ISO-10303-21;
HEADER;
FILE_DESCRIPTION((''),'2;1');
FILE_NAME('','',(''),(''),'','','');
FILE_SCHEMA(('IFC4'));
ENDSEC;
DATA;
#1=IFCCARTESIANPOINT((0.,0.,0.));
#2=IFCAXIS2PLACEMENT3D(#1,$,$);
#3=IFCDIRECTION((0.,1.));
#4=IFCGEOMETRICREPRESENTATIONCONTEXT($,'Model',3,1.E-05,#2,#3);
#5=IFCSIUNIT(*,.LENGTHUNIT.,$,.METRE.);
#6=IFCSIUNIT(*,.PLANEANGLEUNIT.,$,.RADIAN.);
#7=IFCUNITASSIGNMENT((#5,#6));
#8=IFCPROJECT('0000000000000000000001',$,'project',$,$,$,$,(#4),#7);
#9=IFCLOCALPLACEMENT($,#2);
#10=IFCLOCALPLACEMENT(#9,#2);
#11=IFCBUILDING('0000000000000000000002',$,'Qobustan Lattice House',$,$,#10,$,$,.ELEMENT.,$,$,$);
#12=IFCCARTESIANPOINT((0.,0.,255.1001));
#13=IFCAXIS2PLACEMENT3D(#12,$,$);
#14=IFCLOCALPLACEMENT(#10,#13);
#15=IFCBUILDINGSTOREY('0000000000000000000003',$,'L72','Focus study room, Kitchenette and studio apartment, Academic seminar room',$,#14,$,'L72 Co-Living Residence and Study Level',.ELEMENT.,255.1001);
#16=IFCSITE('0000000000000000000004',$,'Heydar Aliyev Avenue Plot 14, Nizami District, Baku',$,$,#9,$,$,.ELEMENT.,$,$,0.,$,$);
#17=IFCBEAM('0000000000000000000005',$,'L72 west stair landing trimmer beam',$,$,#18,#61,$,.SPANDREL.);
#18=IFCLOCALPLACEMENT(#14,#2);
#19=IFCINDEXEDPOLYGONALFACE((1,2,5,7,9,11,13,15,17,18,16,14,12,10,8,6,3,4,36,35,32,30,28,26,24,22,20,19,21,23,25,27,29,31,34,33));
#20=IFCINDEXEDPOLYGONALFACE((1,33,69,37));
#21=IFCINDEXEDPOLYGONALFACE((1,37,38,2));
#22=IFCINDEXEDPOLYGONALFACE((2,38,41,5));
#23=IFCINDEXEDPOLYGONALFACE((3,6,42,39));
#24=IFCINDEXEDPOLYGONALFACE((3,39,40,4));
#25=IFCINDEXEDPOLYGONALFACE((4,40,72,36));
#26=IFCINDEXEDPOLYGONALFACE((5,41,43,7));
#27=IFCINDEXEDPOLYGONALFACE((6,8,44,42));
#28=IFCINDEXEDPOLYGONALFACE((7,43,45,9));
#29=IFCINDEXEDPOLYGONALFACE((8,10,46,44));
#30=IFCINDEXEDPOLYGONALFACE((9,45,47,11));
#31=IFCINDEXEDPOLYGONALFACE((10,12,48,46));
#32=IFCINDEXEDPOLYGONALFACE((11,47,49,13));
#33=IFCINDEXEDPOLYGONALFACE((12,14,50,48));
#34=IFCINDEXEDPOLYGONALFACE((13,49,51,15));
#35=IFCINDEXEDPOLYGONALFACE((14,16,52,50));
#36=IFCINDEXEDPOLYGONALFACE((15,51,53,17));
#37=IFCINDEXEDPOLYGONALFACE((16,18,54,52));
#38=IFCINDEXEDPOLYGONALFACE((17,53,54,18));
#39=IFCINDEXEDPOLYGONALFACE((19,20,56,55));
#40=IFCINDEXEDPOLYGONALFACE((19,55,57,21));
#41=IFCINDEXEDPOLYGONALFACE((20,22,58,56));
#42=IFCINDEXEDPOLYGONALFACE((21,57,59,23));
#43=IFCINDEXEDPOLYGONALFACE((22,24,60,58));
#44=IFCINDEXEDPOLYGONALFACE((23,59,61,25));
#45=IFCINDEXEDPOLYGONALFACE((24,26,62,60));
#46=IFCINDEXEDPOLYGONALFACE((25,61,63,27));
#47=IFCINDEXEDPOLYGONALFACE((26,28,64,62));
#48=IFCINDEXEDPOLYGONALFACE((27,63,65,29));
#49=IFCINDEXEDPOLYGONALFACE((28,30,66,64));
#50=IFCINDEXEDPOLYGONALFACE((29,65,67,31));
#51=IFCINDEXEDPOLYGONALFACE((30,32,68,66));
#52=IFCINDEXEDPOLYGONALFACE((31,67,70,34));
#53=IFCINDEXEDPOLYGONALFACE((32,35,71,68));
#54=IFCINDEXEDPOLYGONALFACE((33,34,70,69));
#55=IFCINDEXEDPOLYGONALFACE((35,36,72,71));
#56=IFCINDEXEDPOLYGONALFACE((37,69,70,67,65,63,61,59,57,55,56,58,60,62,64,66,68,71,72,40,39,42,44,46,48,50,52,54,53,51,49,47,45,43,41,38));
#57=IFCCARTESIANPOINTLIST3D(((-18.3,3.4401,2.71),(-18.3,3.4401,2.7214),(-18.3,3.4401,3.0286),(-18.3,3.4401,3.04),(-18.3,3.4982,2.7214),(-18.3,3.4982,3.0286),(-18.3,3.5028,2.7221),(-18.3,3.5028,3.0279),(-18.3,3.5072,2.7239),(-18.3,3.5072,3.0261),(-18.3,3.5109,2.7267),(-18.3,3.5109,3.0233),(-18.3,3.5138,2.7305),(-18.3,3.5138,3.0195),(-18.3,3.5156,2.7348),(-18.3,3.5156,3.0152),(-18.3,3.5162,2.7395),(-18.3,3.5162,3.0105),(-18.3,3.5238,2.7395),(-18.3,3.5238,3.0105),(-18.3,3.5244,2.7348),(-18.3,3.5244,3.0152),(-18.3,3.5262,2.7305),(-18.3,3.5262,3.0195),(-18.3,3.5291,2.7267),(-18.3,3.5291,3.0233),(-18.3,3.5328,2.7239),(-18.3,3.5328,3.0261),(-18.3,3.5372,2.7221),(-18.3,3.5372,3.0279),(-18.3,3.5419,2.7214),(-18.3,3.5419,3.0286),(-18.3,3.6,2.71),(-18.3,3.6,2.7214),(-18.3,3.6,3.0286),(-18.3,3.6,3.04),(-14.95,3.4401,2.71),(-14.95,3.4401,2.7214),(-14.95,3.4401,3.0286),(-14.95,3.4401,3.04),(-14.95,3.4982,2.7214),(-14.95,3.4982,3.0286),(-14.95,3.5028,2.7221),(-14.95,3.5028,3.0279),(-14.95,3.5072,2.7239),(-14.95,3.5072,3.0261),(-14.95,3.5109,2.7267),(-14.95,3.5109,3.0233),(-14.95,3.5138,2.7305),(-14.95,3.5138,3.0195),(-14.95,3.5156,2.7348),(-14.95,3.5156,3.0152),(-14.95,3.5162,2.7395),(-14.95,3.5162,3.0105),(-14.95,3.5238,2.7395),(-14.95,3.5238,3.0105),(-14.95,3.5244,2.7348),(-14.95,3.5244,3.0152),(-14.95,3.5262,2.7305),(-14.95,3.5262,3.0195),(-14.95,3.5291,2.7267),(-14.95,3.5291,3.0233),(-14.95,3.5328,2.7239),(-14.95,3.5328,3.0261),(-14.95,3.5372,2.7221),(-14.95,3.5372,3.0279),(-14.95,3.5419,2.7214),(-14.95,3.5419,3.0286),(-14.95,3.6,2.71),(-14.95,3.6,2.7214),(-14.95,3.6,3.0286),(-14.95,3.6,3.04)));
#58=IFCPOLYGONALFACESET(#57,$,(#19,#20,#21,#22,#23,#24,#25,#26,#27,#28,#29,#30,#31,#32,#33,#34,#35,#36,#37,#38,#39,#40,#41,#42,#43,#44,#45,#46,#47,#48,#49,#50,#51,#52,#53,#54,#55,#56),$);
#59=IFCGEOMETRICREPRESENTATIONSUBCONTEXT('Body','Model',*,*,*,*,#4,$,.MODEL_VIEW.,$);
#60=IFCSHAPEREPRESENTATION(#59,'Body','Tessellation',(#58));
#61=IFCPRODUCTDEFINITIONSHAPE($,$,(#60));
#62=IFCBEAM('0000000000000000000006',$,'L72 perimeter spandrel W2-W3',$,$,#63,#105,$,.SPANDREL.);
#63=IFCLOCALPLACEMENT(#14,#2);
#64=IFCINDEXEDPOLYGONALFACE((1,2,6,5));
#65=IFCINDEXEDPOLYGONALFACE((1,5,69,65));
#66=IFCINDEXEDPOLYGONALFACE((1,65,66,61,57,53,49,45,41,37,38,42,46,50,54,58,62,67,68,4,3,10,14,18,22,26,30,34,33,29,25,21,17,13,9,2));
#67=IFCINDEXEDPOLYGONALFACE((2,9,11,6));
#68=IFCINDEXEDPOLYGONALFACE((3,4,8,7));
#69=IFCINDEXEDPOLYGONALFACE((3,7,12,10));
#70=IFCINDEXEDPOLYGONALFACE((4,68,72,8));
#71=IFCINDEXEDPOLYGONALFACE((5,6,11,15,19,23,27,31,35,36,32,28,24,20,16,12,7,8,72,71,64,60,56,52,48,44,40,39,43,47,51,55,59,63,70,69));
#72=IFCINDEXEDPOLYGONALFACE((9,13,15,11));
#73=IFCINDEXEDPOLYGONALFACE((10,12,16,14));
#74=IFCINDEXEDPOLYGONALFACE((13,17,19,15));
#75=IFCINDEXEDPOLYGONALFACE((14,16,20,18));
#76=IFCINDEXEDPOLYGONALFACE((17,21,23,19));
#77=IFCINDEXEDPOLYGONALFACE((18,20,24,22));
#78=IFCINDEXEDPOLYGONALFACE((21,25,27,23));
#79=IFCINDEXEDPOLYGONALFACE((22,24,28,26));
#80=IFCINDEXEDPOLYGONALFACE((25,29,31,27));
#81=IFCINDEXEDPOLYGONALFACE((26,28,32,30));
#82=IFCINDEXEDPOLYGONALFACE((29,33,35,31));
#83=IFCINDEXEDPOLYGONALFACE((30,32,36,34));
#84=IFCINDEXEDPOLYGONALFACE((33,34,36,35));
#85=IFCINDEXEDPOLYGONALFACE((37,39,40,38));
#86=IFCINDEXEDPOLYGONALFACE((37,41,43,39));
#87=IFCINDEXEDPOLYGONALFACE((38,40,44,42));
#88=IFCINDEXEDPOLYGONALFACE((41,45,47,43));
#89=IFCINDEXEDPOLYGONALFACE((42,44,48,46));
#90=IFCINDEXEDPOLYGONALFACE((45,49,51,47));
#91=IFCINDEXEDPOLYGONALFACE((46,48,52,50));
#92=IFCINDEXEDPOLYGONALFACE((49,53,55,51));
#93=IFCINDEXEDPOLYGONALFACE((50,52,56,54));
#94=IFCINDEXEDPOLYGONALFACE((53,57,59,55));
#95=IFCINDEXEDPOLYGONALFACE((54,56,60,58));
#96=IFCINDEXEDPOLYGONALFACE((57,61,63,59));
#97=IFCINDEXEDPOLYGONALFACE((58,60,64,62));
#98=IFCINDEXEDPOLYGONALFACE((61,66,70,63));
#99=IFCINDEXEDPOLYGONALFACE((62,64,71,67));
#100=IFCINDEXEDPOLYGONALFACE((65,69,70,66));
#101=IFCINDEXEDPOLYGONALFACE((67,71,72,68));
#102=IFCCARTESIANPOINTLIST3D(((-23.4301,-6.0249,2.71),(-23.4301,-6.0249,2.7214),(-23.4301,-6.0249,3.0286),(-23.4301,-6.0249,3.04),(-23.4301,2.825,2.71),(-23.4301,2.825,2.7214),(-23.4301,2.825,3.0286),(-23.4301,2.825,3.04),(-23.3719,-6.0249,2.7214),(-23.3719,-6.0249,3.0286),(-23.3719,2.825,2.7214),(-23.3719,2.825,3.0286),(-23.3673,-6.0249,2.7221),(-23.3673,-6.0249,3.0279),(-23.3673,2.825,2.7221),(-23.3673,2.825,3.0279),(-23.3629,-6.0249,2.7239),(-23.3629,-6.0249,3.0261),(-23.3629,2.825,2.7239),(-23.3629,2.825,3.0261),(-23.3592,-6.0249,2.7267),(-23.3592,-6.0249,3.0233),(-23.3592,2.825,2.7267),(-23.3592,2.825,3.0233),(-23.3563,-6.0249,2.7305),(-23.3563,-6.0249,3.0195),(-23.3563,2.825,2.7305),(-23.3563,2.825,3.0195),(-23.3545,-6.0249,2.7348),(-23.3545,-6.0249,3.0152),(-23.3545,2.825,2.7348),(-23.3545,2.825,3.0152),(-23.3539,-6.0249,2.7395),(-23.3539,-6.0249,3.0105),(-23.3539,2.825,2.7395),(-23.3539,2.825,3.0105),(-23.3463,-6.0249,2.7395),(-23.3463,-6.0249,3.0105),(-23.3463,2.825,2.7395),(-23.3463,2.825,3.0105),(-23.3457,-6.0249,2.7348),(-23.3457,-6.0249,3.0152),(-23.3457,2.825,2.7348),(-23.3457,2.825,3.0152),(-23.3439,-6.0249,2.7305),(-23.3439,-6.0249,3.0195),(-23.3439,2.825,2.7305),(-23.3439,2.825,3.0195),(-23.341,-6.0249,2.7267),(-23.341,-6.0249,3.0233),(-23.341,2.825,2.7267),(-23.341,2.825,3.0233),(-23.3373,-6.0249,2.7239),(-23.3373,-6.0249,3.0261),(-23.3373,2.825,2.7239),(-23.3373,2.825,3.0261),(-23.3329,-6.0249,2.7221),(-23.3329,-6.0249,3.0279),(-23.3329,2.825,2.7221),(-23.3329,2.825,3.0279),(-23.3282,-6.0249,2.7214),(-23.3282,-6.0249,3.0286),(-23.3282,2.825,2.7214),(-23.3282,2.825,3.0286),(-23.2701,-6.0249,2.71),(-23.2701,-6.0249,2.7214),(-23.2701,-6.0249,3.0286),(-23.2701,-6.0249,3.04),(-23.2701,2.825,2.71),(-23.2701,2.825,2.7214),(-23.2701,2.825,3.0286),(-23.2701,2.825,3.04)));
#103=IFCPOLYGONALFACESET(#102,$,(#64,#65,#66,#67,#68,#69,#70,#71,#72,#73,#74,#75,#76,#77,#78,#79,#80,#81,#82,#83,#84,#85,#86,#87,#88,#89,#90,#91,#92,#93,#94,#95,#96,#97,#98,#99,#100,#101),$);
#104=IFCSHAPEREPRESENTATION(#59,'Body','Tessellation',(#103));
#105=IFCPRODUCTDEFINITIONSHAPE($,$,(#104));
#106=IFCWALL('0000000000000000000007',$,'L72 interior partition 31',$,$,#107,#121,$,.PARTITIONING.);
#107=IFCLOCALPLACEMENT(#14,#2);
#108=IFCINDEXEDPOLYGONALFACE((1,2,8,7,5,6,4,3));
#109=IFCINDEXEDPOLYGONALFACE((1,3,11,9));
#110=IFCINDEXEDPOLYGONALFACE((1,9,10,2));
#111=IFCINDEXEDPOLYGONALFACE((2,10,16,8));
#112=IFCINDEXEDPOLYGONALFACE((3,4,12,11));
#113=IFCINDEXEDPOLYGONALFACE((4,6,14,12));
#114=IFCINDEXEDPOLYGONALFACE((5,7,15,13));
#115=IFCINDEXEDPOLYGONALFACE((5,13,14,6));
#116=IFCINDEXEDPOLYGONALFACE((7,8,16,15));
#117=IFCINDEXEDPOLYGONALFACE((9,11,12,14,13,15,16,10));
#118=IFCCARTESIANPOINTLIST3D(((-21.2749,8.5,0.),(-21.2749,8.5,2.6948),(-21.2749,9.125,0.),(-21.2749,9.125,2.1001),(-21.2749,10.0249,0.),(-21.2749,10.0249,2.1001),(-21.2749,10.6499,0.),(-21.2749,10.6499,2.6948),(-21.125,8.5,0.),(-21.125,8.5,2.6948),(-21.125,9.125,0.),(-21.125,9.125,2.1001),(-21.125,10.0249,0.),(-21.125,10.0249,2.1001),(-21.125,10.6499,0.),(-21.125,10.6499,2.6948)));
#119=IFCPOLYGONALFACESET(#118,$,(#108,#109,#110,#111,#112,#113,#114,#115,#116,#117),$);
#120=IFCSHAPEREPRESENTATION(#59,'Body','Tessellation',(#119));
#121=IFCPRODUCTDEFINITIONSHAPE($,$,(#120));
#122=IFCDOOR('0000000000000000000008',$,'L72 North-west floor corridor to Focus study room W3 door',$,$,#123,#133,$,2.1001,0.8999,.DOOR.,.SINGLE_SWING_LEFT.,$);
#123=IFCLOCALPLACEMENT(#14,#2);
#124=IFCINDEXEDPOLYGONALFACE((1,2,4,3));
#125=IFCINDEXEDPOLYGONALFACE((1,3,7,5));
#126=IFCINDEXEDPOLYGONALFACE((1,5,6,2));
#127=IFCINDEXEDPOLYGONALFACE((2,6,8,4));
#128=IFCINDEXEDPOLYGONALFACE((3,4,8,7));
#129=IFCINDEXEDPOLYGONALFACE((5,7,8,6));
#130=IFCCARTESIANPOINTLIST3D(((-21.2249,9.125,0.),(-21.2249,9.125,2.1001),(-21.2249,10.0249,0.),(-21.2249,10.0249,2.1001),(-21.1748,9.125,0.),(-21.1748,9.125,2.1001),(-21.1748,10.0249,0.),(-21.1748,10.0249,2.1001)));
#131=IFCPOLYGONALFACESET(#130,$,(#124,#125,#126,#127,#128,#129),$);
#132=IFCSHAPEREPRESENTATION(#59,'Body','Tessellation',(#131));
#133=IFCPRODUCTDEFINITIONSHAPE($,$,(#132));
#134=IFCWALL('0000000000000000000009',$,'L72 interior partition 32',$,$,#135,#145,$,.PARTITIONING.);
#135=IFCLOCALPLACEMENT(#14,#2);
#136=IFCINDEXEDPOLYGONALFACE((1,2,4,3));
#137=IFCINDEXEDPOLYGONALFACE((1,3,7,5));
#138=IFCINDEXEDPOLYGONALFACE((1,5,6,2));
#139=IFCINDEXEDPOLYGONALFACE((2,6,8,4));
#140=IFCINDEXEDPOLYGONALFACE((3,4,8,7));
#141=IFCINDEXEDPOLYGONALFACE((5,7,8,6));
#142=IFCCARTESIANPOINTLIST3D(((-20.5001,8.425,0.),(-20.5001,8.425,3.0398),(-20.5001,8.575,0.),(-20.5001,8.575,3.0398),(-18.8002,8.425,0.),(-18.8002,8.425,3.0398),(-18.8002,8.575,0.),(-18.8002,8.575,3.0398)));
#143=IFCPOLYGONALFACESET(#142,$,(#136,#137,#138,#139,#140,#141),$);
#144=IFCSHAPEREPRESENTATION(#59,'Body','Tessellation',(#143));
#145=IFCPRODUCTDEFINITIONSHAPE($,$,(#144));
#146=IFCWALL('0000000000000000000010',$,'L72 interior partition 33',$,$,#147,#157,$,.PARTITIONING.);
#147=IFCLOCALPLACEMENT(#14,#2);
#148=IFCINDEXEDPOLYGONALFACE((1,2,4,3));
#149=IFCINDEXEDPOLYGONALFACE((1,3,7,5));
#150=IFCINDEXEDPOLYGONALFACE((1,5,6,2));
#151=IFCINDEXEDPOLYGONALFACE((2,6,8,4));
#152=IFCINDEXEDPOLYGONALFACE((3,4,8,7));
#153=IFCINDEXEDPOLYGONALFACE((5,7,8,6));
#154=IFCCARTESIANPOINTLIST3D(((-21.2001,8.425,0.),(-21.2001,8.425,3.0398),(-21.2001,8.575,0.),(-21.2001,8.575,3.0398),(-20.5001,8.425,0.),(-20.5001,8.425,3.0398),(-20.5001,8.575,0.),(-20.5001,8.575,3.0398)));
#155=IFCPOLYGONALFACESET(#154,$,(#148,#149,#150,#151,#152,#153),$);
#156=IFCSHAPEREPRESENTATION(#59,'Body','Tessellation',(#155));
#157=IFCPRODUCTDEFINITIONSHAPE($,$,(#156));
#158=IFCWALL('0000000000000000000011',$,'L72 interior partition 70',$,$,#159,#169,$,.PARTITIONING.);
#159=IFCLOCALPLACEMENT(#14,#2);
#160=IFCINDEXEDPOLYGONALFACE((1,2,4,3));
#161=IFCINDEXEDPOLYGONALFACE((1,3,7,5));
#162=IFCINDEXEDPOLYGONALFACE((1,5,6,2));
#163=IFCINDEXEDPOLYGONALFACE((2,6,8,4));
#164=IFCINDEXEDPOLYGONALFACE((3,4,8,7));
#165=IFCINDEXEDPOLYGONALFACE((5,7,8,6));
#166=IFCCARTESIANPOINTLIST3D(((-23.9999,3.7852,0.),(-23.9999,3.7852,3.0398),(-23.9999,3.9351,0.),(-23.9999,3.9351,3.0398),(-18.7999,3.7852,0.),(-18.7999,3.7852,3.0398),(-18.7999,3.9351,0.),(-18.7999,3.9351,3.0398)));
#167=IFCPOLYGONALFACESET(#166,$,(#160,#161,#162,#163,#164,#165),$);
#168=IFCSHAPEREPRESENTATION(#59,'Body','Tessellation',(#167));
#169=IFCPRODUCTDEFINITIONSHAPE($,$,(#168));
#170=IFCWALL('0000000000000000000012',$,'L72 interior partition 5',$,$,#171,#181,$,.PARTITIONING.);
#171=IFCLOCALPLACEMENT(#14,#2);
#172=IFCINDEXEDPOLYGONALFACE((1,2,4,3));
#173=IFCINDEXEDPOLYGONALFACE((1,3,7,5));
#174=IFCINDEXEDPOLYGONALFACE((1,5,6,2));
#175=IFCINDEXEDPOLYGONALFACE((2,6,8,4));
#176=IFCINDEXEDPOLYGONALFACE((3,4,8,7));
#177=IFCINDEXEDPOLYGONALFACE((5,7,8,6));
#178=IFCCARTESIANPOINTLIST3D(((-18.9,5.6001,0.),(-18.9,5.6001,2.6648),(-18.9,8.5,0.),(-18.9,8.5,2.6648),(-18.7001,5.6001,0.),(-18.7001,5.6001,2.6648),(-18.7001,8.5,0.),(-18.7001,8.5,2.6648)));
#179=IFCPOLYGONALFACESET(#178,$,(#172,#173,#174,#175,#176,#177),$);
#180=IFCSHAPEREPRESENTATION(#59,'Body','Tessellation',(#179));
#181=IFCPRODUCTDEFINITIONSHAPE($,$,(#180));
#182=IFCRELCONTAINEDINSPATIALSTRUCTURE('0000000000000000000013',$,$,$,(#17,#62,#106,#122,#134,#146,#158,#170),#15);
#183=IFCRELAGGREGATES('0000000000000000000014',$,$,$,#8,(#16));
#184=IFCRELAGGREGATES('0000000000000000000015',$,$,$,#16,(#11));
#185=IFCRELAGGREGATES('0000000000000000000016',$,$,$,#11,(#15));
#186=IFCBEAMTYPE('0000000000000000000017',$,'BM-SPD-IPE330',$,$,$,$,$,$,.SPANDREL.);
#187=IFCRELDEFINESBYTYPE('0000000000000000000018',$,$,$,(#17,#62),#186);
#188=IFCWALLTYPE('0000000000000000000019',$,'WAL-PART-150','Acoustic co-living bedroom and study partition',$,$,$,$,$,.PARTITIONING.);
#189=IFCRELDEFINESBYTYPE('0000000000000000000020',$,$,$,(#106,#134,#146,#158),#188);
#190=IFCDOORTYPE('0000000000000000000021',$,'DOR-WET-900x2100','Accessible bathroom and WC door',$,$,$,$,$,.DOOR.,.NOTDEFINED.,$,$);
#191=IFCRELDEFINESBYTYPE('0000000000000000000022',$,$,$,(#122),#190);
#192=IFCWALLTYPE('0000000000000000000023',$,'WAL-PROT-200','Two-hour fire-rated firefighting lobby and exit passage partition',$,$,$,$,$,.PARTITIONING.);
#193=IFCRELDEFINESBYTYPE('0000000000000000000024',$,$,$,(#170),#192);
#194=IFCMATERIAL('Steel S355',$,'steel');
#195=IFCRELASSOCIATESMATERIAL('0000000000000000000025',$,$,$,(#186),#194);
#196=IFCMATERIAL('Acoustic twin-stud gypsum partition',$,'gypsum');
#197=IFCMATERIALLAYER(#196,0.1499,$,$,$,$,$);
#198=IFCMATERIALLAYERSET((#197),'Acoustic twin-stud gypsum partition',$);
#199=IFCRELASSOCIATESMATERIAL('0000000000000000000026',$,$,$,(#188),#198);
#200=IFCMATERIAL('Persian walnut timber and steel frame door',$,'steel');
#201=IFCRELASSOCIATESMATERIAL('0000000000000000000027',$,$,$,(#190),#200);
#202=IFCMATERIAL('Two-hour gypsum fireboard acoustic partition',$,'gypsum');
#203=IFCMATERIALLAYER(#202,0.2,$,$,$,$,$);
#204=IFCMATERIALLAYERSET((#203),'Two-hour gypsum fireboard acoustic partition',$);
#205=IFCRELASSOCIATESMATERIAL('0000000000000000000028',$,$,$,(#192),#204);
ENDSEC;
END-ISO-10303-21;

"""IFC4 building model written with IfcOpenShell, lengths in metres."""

from ifc_helpers import new_model, si_unit, direction, frame, frame_2d, origin, origin_2d, place, context, subcontext, project, spatial, rectangle, i_section, extrude, material, layer, layer_set, material_profile, profile_set, type_object, element, fill, save


model = new_model("IFC4")

# Units and contexts
model_context = context("Model", 3, precision=1e-05, world=origin(), true_north=direction((0.0, 1.0)))
body_context = subcontext(model_context, "Body", "Model", "MODEL_VIEW")
ifc_project = project(units=[si_unit("LENGTHUNIT", "METRE"), si_unit("PLANEANGLEUNIT", "RADIAN")], contexts=[model_context])

# Site, building, storey
site_placement = place(None, origin())
site = spatial("IfcSite", under=ifc_project, at=site_placement, Name="Heydar Aliyev Avenue Plot 14, Nizami District, Baku", CompositionType="ELEMENT", RefElevation=0.0)
building_placement = place(site_placement, origin())
building = spatial("IfcBuilding", under=site, at=building_placement, Name="Qobustan Lattice House", CompositionType="ELEMENT")
storey_placement = place(building_placement, frame((0.0, 0.0, 255.1001)))
storey = spatial("IfcBuildingStorey", under=building, at=storey_placement, Name="L72", Description="Focus study room, Kitchenette and studio apartment, Academic seminar room", LongName="L72 Co-Living Residence and Study Level", CompositionType="ELEMENT", Elevation=255.1001)

# Beams
ifc_material_1 = material(Name="Steel S355", Category="steel")
ifc_material_profile_1 = material_profile(ifc_material_1, i_section(OverallWidth=0.1599, OverallDepth=0.3301, WebThickness=0.0076, FlangeThickness=0.0115, FilletRadius=0.0181, at=origin_2d()), Name="IPE330")
ifc_profile_set_1 = profile_set([ifc_material_profile_1], Name="Steel S355")
beam_type_1 = type_object("IfcBeamType", Name="BM-SPD-IPE330", PredefinedType="SPANDREL", material=ifc_profile_set_1)
beam_1_placement = place(storey_placement, frame((-18.3, 3.52, 2.875), z_axis=(1.0, 0.0, 0.0), x_axis=(0.0, 1.0, 0.0)))
element("IfcBeam", 1, at=beam_1_placement, inside=storey, type_object=beam_type_1, Name="L72 west stair landing trimmer beam", PredefinedType="SPANDREL", context=body_context, shape_type="SweptSolid", body=[
    extrude(i_section(OverallWidth=0.1599, OverallDepth=0.3301, WebThickness=0.0076, FlangeThickness=0.0115, FilletRadius=0.0181, at=origin_2d()), origin(), (0.0, 0.0, 1.0), 3.3501),
])
beam_2_placement = place(storey_placement, frame((-23.3501, 2.825, 2.875), z_axis=(0.0, -1.0, 0.0), x_axis=(1.0, 0.0, 0.0)))
element("IfcBeam", 2, at=beam_2_placement, inside=storey, type_object=beam_type_1, Name="L72 perimeter spandrel W2-W3", PredefinedType="SPANDREL", context=body_context, shape_type="SweptSolid", body=[
    extrude(i_section(OverallWidth=0.1599, OverallDepth=0.3301, WebThickness=0.0076, FlangeThickness=0.0115, FilletRadius=0.0181, at=origin_2d()), origin(), (0.0, 0.0, 1.0), 8.8499),
])

# Wall, opening, door
ifc_material_2 = material(Name="Acoustic twin-stud gypsum partition", Category="gypsum")
ifc_layer_1 = layer(ifc_material_2, 0.1499)
ifc_layer_set_1 = layer_set([ifc_layer_1], Name="Acoustic twin-stud gypsum partition")
wall_type_1 = type_object("IfcWallType", Name="WAL-PART-150", Description="Acoustic co-living bedroom and study partition", PredefinedType="PARTITIONING", material=ifc_layer_set_1)
wall_1_placement = place(storey_placement, frame((-21.2, 8.5, 0.0), z_axis=(0.0, 0.0, 1.0), x_axis=(0.0, 1.0, 0.0)))
wall_1 = element("IfcWall", 3, at=wall_1_placement, inside=storey, type_object=wall_type_1, Name="L72 interior partition 31", PredefinedType="PARTITIONING", context=body_context, shape_type="SweptSolid", body=[
    extrude(rectangle(XDim=2.1499, YDim=0.1499, at=frame_2d((1.075, 0.0))), origin(), (0.0, 0.0, 1.0), 2.6948),
])
opening_1_placement = place(wall_1_placement, frame((0.625, 0.0, 0.0)))
opening_1 = element("IfcOpeningElement", 4, at=opening_1_placement, cuts=wall_1, PredefinedType="OPENING", context=body_context, shape_type="SweptSolid", body=[
    extrude(rectangle(XDim=0.8999, YDim=2.1001, at=frame_2d((0.45, 1.05))), frame((0.0, 0.085, 0.0), z_axis=(0.0, -1.0, 0.0), x_axis=(1.0, 0.0, 0.0)), (0.0, 0.0, 1.0), 0.1699),
])
ifc_material_3 = material(Name="Persian walnut timber and steel frame door", Category="steel")
door_type_1 = type_object("IfcDoorType", Name="DOR-WET-900x2100", Description="Accessible bathroom and WC door", OperationType="NOTDEFINED", PredefinedType="DOOR", material=ifc_material_3)
door_1_placement = place(opening_1_placement, origin())
door_1 = element("IfcDoor", 5, at=door_1_placement, inside=storey, type_object=door_type_1, Name="L72 North-west floor corridor to Focus study room W3 door", OperationType="SINGLE_SWING_LEFT", OverallHeight=2.1001, OverallWidth=0.8999, PredefinedType="DOOR", context=body_context, shape_type="SweptSolid", body=[
    extrude(rectangle(XDim=0.8999, YDim=2.1001, at=frame_2d((0.45, 1.05))), frame((0.0, 0.0249, 0.0), z_axis=(0.0, -1.0, 0.0), x_axis=(1.0, 0.0, 0.0)), (0.0, 0.0, 1.0), 0.05),
])
fill(opening_1, door_1)

# Walls
wall_2_placement = place(storey_placement, frame((-18.8, 8.5, 0.0), z_axis=(0.0, 0.0, 1.0), x_axis=(-1.0, 0.0, 0.0)))
element("IfcWall", 6, at=wall_2_placement, inside=storey, type_object=wall_type_1, Name="L72 interior partition 32", PredefinedType="PARTITIONING", context=body_context, shape_type="SweptSolid", body=[
    extrude(rectangle(XDim=1.7, YDim=0.1499, at=frame_2d((0.8501, 0.0))), origin(), (0.0, 0.0, 1.0), 3.0398),
])
wall_3_placement = place(storey_placement, frame((-20.5, 8.5, 0.0), z_axis=(0.0, 0.0, 1.0), x_axis=(-1.0, 0.0, 0.0)))
element("IfcWall", 7, at=wall_3_placement, inside=storey, type_object=wall_type_1, Name="L72 interior partition 33", PredefinedType="PARTITIONING", context=body_context, shape_type="SweptSolid", body=[
    extrude(rectangle(XDim=0.7, YDim=0.1499, at=frame_2d((0.3501, 0.0))), origin(), (0.0, 0.0, 1.0), 3.0398),
])
wall_4_placement = place(storey_placement, frame((-24.0, 3.8601, 0.0), z_axis=(0.0, 0.0, 1.0), x_axis=(1.0, 0.0, 0.0)))
element("IfcWall", 8, at=wall_4_placement, inside=storey, type_object=wall_type_1, Name="L72 interior partition 70", PredefinedType="PARTITIONING", context=body_context, shape_type="SweptSolid", body=[
    extrude(rectangle(XDim=5.2, YDim=0.1499, at=frame_2d((2.6001, 0.0))), origin(), (0.0, 0.0, 1.0), 3.0398),
])
ifc_material_4 = material(Name="Two-hour gypsum fireboard acoustic partition", Category="gypsum")
ifc_layer_2 = layer(ifc_material_4, 0.2)
ifc_layer_set_2 = layer_set([ifc_layer_2], Name="Two-hour gypsum fireboard acoustic partition")
wall_type_2 = type_object("IfcWallType", Name="WAL-PROT-200", Description="Two-hour fire-rated firefighting lobby and exit passage partition", PredefinedType="PARTITIONING", material=ifc_layer_set_2)
wall_5_placement = place(storey_placement, frame((-18.8, 8.5, 0.0), z_axis=(0.0, 0.0, 1.0), x_axis=(0.0, -1.0, 0.0)))
element("IfcWall", 9, at=wall_5_placement, inside=storey, type_object=wall_type_2, Name="L72 interior partition 5", PredefinedType="PARTITIONING", context=body_context, shape_type="SweptSolid", body=[
    extrude(rectangle(XDim=2.8999, YDim=0.2, at=frame_2d((1.45, 0.0))), origin(), (0.0, 0.0, 1.0), 2.6648),
])

save(model, "model.ifc")
